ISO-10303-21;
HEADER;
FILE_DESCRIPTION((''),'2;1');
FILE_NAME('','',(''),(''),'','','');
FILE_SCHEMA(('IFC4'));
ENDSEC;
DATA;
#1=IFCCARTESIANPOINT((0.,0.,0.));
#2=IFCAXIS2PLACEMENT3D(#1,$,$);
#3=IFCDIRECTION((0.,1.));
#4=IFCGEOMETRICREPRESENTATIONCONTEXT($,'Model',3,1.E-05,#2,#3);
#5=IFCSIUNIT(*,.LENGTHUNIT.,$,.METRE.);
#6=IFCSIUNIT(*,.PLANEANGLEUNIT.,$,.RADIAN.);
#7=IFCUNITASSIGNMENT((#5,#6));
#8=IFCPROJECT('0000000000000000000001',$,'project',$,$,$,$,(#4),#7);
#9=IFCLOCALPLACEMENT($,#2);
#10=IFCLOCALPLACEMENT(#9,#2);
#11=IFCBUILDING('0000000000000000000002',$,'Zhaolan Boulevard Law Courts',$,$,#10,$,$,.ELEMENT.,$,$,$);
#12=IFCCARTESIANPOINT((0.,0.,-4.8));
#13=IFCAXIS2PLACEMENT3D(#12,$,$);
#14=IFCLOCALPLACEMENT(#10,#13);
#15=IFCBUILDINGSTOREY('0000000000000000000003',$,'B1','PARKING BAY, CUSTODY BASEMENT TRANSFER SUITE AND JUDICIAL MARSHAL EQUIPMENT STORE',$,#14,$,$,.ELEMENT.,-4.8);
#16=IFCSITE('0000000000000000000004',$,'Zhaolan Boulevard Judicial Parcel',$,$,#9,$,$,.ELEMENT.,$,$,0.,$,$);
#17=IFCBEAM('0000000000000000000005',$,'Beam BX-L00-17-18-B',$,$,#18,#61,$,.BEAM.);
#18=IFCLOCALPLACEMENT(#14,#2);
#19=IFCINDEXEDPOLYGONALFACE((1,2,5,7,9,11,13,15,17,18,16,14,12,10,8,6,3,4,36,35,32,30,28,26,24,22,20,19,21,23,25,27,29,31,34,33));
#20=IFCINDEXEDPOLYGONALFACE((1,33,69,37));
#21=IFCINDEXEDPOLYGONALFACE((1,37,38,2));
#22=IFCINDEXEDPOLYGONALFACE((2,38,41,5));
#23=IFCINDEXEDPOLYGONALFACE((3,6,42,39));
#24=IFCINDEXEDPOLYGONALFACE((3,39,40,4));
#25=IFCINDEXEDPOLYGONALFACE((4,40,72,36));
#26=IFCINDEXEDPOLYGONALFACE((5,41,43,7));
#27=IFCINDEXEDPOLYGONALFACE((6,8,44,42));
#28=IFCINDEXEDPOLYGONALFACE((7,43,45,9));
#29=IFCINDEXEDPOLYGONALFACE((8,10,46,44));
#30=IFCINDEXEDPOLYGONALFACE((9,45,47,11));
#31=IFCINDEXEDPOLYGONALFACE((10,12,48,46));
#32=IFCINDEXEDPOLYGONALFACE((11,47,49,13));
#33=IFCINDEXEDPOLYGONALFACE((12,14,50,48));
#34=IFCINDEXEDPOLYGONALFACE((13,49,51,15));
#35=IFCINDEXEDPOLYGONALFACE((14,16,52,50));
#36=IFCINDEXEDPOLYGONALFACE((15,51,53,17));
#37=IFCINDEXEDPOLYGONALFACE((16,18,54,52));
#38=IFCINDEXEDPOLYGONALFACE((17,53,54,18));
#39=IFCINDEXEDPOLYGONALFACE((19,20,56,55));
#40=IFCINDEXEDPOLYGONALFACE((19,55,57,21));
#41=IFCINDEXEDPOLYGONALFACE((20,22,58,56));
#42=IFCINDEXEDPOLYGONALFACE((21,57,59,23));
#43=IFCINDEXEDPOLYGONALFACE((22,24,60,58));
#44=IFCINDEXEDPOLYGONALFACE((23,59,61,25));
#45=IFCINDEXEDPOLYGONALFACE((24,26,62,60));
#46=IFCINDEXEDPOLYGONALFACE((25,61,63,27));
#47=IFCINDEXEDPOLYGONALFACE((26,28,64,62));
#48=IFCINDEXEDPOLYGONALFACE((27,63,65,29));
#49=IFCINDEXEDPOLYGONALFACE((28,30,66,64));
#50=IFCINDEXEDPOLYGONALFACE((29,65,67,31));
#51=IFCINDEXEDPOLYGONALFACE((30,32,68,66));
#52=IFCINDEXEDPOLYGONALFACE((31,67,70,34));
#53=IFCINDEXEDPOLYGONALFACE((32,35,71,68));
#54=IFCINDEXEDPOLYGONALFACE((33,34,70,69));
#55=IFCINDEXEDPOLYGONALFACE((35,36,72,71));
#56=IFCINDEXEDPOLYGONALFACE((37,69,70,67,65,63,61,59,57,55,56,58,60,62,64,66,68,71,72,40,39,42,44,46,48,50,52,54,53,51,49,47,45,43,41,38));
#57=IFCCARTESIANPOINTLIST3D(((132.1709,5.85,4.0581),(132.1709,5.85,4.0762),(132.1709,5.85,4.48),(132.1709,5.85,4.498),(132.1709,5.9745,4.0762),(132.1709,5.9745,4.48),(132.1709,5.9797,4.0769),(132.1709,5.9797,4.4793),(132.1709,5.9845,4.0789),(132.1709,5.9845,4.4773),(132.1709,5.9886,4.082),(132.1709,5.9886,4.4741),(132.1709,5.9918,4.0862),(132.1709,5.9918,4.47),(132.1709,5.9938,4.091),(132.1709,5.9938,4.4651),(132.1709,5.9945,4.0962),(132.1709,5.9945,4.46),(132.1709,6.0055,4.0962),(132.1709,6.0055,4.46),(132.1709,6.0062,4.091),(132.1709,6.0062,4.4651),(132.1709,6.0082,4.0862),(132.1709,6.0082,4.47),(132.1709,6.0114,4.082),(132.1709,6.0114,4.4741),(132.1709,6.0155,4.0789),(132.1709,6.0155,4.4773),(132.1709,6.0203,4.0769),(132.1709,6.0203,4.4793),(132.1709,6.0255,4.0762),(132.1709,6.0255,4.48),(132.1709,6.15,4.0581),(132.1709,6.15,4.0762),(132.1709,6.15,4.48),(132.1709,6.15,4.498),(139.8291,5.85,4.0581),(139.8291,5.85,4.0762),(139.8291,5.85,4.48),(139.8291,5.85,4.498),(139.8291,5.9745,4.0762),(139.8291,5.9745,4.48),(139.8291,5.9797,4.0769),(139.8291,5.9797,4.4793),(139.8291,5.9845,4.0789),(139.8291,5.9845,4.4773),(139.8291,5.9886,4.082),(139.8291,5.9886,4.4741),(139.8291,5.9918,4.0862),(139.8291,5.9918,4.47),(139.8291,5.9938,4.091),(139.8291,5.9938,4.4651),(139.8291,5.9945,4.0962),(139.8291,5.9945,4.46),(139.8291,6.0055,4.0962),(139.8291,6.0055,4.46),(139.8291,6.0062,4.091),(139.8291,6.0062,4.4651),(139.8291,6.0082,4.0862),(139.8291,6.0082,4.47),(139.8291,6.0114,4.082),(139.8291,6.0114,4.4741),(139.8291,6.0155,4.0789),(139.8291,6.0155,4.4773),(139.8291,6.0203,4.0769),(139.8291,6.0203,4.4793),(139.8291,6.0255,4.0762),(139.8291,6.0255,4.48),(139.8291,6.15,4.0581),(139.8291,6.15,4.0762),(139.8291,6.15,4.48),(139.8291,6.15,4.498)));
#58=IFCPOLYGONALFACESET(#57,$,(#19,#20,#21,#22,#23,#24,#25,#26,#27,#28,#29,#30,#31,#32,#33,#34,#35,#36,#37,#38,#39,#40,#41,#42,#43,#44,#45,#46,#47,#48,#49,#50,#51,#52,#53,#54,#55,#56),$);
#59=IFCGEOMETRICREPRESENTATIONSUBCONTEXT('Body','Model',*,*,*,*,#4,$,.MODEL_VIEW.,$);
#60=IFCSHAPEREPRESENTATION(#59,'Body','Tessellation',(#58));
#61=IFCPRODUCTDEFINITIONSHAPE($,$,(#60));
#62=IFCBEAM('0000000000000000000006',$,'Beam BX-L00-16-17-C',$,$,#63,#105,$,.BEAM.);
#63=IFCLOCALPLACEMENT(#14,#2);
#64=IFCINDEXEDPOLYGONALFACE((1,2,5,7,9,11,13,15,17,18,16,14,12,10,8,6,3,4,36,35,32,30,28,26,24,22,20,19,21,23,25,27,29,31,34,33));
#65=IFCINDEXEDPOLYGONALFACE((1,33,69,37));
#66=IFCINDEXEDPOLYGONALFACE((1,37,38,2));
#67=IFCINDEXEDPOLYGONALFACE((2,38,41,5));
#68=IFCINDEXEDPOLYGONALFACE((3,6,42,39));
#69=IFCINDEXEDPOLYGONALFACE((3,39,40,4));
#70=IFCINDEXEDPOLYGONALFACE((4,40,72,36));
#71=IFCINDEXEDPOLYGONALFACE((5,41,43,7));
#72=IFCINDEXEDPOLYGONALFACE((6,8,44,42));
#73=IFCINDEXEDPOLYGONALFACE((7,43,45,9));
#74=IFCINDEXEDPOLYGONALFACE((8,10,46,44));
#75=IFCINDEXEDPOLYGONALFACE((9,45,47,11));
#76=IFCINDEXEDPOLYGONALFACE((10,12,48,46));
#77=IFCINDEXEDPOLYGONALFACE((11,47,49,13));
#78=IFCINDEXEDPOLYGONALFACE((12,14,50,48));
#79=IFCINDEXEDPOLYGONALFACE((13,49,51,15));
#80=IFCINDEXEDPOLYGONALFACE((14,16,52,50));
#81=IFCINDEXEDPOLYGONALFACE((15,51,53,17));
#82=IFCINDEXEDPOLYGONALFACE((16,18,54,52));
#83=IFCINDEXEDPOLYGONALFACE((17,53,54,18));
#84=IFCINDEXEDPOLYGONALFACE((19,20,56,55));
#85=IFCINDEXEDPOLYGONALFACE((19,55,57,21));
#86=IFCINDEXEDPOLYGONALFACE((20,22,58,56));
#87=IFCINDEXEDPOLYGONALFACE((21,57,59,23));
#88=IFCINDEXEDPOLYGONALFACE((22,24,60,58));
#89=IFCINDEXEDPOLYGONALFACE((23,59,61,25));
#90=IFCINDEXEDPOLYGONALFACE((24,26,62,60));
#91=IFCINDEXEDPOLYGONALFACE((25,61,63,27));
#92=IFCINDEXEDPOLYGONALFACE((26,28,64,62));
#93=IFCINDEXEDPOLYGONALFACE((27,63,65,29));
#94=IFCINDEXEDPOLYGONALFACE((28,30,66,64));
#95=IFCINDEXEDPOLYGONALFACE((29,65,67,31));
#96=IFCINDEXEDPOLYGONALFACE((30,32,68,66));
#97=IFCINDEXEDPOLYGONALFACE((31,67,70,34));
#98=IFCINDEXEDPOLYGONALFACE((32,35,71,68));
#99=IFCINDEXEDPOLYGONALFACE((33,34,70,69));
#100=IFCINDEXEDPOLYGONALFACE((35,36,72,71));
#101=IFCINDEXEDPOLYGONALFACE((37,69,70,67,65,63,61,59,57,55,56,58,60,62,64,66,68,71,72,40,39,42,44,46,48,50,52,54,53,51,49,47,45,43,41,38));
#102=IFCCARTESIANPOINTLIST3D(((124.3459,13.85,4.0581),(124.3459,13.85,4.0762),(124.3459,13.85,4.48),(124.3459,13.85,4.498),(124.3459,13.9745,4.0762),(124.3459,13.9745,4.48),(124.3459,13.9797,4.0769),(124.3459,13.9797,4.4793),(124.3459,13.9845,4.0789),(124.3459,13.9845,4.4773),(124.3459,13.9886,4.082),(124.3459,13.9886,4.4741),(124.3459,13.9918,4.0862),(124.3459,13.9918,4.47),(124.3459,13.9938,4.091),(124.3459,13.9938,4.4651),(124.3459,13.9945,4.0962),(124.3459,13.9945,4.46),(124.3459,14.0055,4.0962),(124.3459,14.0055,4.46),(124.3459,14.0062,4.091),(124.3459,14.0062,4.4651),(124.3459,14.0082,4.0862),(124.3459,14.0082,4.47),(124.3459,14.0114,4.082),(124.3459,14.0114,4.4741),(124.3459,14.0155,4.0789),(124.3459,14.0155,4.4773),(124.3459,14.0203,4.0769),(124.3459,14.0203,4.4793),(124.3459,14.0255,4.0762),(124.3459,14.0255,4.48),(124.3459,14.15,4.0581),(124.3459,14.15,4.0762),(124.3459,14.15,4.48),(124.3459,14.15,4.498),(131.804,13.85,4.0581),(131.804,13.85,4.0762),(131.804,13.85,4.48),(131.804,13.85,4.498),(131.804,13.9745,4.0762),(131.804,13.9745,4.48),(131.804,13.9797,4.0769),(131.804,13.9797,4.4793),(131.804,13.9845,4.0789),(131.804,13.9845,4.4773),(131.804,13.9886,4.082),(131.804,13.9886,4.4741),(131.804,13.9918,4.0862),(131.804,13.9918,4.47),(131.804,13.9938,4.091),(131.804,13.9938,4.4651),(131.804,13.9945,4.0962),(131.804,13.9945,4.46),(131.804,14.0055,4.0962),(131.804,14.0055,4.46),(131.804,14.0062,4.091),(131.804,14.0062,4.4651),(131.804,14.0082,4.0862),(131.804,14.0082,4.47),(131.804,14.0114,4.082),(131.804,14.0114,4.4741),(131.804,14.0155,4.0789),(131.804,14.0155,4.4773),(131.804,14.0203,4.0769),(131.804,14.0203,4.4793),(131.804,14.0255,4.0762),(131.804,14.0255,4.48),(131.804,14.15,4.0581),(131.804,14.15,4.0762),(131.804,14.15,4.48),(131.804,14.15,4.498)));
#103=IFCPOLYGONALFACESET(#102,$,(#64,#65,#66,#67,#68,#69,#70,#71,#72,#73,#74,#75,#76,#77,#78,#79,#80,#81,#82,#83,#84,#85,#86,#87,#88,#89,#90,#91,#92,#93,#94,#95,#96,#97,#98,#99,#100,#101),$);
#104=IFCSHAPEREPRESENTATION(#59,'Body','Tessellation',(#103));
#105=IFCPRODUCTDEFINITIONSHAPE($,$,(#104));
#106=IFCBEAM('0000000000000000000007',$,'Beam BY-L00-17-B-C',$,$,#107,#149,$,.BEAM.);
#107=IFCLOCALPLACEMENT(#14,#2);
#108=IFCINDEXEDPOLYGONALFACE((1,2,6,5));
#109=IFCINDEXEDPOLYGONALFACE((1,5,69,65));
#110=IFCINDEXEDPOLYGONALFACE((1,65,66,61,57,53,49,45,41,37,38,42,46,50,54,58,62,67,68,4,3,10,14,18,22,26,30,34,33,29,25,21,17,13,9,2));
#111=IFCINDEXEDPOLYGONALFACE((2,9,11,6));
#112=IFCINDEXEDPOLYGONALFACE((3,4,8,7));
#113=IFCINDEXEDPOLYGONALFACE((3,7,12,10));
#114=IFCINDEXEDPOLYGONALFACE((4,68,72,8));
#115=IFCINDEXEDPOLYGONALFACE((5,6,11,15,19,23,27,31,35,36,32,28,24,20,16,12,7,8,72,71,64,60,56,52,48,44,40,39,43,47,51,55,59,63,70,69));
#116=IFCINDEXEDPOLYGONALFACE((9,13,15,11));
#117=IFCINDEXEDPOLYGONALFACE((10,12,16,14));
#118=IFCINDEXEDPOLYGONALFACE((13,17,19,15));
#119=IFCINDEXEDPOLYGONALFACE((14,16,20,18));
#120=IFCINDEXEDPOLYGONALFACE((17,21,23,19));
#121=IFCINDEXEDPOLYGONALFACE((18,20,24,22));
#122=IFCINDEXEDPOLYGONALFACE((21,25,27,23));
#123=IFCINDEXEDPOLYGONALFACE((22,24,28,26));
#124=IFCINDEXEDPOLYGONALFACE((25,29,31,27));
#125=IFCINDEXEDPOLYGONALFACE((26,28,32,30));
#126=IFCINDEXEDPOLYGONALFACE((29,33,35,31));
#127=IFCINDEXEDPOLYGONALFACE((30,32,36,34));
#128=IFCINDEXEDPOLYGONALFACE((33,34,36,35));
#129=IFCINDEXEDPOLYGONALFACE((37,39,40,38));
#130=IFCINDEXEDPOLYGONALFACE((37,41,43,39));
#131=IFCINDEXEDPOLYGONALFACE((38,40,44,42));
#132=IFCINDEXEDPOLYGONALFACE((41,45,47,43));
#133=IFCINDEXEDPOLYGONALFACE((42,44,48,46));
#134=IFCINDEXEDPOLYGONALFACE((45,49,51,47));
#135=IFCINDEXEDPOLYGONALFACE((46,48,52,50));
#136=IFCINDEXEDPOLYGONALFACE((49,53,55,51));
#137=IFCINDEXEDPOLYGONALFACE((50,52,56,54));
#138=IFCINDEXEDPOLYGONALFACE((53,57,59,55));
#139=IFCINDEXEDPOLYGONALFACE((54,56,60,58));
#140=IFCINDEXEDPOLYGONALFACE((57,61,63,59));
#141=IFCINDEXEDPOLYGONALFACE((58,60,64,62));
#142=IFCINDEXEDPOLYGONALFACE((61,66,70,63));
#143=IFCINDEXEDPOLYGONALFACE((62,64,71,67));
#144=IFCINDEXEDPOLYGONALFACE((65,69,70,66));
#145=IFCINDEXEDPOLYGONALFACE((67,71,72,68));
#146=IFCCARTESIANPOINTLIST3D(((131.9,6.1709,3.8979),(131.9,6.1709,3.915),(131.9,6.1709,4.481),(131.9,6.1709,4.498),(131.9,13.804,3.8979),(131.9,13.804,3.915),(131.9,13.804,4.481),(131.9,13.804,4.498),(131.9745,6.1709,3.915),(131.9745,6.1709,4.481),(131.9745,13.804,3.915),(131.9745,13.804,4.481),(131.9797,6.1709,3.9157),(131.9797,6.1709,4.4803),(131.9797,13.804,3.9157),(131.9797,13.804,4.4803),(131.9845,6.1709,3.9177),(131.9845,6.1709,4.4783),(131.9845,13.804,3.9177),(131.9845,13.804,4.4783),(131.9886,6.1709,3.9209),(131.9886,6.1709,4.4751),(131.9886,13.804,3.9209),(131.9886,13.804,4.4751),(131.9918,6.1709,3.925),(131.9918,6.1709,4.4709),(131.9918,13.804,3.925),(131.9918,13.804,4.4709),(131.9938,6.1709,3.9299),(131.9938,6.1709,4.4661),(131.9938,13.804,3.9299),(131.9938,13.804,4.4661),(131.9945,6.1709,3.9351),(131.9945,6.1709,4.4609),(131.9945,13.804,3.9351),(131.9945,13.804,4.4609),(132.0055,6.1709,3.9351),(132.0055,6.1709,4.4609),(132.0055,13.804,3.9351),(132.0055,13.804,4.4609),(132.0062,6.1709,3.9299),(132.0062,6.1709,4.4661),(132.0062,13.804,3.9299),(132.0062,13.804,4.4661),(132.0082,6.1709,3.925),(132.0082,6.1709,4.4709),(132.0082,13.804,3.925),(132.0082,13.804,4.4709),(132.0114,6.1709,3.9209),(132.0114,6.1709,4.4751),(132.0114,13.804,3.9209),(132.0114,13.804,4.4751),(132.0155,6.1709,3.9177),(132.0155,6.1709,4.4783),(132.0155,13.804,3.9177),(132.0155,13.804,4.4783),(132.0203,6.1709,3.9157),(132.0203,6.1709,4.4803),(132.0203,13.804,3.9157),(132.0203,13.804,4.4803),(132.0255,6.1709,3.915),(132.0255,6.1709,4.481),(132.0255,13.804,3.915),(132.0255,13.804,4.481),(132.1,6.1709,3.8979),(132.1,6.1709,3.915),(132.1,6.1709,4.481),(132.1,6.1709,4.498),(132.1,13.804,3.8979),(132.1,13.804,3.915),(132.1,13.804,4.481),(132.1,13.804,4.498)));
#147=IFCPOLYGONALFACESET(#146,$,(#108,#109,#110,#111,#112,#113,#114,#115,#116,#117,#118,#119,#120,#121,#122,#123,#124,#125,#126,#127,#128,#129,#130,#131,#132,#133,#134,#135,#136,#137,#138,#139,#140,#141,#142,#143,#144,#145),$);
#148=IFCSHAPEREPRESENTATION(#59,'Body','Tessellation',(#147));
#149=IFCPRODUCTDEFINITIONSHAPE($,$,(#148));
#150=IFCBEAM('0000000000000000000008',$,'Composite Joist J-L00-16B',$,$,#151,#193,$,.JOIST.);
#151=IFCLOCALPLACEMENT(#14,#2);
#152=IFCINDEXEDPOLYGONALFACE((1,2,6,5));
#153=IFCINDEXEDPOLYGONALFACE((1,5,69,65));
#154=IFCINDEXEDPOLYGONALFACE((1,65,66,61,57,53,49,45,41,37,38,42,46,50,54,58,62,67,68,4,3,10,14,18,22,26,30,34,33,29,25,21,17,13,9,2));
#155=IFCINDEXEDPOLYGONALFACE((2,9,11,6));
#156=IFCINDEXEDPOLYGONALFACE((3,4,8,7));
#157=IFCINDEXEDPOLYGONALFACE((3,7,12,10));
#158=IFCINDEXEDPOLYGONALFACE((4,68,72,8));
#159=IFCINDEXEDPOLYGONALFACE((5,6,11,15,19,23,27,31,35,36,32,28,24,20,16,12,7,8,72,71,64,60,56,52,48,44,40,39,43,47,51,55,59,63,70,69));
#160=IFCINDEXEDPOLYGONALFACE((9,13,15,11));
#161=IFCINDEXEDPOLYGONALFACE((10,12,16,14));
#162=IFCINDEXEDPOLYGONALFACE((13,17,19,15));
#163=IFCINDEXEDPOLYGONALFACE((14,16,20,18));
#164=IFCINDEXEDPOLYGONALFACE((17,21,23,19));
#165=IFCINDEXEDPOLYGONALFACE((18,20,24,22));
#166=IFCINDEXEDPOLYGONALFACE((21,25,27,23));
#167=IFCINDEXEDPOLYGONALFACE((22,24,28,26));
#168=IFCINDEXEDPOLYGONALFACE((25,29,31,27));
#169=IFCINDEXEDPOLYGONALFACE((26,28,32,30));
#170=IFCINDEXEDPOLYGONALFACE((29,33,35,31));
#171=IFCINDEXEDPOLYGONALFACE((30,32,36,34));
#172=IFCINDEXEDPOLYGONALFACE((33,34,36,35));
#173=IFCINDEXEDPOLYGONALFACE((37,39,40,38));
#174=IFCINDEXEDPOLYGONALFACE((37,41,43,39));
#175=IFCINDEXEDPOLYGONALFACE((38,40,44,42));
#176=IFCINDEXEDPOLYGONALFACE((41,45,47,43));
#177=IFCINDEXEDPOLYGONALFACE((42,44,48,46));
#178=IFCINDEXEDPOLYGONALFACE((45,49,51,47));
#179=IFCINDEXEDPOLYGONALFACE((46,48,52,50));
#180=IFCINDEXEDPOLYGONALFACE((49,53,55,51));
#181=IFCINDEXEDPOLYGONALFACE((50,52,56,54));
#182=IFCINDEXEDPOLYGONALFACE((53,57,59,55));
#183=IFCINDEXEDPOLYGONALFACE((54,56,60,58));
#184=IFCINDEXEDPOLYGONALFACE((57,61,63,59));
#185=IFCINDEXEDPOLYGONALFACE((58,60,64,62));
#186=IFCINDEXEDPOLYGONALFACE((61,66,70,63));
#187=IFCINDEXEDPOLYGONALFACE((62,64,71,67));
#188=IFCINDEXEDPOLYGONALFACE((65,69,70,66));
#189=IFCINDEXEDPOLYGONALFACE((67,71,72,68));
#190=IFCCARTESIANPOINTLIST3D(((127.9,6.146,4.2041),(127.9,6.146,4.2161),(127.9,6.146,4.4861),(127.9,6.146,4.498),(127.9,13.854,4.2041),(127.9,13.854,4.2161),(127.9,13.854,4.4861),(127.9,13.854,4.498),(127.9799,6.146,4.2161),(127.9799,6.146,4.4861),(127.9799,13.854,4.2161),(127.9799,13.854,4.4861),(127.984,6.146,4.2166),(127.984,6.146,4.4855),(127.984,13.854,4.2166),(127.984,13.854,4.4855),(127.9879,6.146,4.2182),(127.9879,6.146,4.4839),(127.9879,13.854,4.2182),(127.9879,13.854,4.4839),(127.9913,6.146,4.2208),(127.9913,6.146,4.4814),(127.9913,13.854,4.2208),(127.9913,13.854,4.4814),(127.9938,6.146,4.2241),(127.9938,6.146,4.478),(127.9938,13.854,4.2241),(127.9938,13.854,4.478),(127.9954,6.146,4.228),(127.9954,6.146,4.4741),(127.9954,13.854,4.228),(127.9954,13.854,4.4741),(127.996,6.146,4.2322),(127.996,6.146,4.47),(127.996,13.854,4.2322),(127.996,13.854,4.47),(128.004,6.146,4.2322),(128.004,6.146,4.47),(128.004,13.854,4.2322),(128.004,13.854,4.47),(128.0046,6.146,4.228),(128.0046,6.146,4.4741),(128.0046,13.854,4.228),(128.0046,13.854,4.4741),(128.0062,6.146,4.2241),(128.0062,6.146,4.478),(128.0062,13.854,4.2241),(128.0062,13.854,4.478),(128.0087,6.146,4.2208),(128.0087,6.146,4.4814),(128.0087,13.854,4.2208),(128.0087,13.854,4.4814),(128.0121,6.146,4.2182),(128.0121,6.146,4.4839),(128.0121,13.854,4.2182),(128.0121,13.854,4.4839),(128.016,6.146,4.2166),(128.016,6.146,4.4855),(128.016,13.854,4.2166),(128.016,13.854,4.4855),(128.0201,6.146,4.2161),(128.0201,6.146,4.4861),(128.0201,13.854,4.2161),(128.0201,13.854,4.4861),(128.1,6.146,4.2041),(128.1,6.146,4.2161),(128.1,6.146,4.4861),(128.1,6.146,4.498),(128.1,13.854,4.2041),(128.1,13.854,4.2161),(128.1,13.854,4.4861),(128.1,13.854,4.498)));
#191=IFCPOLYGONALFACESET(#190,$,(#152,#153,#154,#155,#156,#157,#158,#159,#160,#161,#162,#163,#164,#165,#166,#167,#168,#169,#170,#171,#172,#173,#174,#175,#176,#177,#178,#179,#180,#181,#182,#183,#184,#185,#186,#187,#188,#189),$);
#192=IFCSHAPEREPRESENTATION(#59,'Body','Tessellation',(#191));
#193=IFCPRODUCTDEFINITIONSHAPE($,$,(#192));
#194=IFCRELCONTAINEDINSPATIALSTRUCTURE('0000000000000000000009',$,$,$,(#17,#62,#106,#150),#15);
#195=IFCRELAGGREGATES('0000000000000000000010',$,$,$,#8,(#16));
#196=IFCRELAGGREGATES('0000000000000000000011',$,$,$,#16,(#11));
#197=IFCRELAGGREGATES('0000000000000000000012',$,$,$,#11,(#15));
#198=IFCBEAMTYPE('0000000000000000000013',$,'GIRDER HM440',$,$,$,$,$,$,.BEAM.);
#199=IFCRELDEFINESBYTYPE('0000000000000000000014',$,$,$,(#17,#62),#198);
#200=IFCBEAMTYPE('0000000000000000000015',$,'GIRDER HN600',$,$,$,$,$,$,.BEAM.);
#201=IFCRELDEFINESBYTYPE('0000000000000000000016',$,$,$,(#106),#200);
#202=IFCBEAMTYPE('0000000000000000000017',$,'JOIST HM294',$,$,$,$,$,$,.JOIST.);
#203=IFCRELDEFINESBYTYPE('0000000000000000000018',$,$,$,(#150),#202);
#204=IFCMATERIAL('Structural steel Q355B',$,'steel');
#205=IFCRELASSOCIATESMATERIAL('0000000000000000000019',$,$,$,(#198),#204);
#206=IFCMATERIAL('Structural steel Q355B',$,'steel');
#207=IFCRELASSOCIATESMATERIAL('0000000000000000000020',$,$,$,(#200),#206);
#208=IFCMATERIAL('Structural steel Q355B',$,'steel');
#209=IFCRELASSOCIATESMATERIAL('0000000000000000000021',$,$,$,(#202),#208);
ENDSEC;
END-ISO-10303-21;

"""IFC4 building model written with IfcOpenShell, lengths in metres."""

from ifc_helpers import new_model, si_unit, direction, frame, origin, origin_2d, place, context, subcontext, project, spatial, i_section, extrude, material, material_profile, profile_set, type_object, element, save


model = new_model("IFC4")

# Units and contexts
model_context = context("Model", 3, precision=1e-05, world=origin(), true_north=direction((0.0, 1.0)))
body_context = subcontext(model_context, "Body", "Model", "MODEL_VIEW")
ifc_project = project(units=[si_unit("LENGTHUNIT", "METRE"), si_unit("PLANEANGLEUNIT", "RADIAN")], contexts=[model_context])

# Site, building, storey
site_placement = place(None, origin())
site = spatial("IfcSite", under=ifc_project, at=site_placement, Name="Zhaolan Boulevard Judicial Parcel", CompositionType="ELEMENT", RefElevation=0.0)
building_placement = place(site_placement, origin())
building = spatial("IfcBuilding", under=site, at=building_placement, Name="Zhaolan Boulevard Law Courts", CompositionType="ELEMENT")
storey_placement = place(building_placement, frame((0.0, 0.0, -4.8)))
storey = spatial("IfcBuildingStorey", under=building, at=storey_placement, Name="B1", Description="PARKING BAY, CUSTODY BASEMENT TRANSFER SUITE AND JUDICIAL MARSHAL EQUIPMENT STORE", CompositionType="ELEMENT", Elevation=-4.8)

# Beams
ifc_material_1 = material(Name="Structural steel Q355B", Category="steel")
ifc_material_profile_1 = material_profile(ifc_material_1, i_section(OverallWidth=0.3, OverallDepth=0.4399, WebThickness=0.011, FlangeThickness=0.0181, FilletRadius=0.02, at=origin_2d()), Name="HM440x300")
ifc_profile_set_1 = profile_set([ifc_material_profile_1], Name="Structural steel Q355B")
beam_type_1 = type_object("IfcBeamType", Name="GIRDER HM440", PredefinedType="BEAM", material=ifc_profile_set_1)
for number, where, z_axis, x_axis, name in (
    (1, (132.1709, 6.0, 4.2781), (1.0, 0.0, 0.0), (0.0, 1.0, 0.0), "Beam BX-L00-17-18-B"),
):
    element("IfcBeam", number, at=place(storey_placement, frame(where, z_axis=z_axis, x_axis=x_axis)), inside=storey, type_object=beam_type_1, Name=name, PredefinedType="BEAM", context=body_context, shape_type="SweptSolid", body=[
        extrude(i_section(OverallWidth=0.3, OverallDepth=0.4399, WebThickness=0.011, FlangeThickness=0.0181, FilletRadius=0.02, at=origin_2d()), origin(), (0.0, 0.0, 1.0), 7.6582),
    ])
beam_1_placement = place(storey_placement, frame((124.3459, 14.0, 4.2781), z_axis=(1.0, 0.0, 0.0), x_axis=(0.0, 1.0, 0.0)))
element("IfcBeam", 2, at=beam_1_placement, inside=storey, type_object=beam_type_1, Name="Beam BX-L00-16-17-C", PredefinedType="BEAM", context=body_context, shape_type="SweptSolid", body=[
    extrude(i_section(OverallWidth=0.3, OverallDepth=0.4399, WebThickness=0.011, FlangeThickness=0.0181, FilletRadius=0.02, at=origin_2d()), origin(), (0.0, 0.0, 1.0), 7.458),
])
ifc_material_2 = material(Name="Structural steel Q355B", Category="steel")
ifc_material_profile_2 = material_profile(ifc_material_2, i_section(OverallWidth=0.2, OverallDepth=0.6001, WebThickness=0.011, FlangeThickness=0.0171, FilletRadius=0.02, at=origin_2d()), Name="HN600x200")
ifc_profile_set_2 = profile_set([ifc_material_profile_2], Name="Structural steel Q355B")
beam_type_2 = type_object("IfcBeamType", Name="GIRDER HN600", PredefinedType="BEAM", material=ifc_profile_set_2)
beam_2_placement = place(storey_placement, frame((132.0, 6.1709, 4.198), z_axis=(0.0, 1.0, 0.0), x_axis=(-1.0, 0.0, 0.0)))
element("IfcBeam", 3, at=beam_2_placement, inside=storey, type_object=beam_type_2, Name="Beam BY-L00-17-B-C", PredefinedType="BEAM", context=body_context, shape_type="SweptSolid", body=[
    extrude(i_section(OverallWidth=0.2, OverallDepth=0.6001, WebThickness=0.011, FlangeThickness=0.0171, FilletRadius=0.02, at=origin_2d()), origin(), (0.0, 0.0, 1.0), 7.6331),
])
ifc_material_3 = material(Name="Structural steel Q355B", Category="steel")
ifc_material_profile_3 = material_profile(ifc_material_3, i_section(OverallWidth=0.2, OverallDepth=0.2939, WebThickness=0.0081, FlangeThickness=0.012, FilletRadius=0.0161, at=origin_2d()), Name="HM294x200")
ifc_profile_set_3 = profile_set([ifc_material_profile_3], Name="Structural steel Q355B")
beam_type_3 = type_object("IfcBeamType", Name="JOIST HM294", PredefinedType="JOIST", material=ifc_profile_set_3)
beam_3_placement = place(storey_placement, frame((128.0, 6.146, 4.3511), z_axis=(0.0, 1.0, 0.0), x_axis=(-1.0, 0.0, 0.0)))
element("IfcBeam", 4, at=beam_3_placement, inside=storey, type_object=beam_type_3, Name="Composite Joist J-L00-16B", PredefinedType="JOIST", context=body_context, shape_type="SweptSolid", body=[
    extrude(i_section(OverallWidth=0.2, OverallDepth=0.2939, WebThickness=0.0081, FlangeThickness=0.012, FilletRadius=0.0161, at=origin_2d()), origin(), (0.0, 0.0, 1.0), 7.708),
])

save(model, "model.ifc")
